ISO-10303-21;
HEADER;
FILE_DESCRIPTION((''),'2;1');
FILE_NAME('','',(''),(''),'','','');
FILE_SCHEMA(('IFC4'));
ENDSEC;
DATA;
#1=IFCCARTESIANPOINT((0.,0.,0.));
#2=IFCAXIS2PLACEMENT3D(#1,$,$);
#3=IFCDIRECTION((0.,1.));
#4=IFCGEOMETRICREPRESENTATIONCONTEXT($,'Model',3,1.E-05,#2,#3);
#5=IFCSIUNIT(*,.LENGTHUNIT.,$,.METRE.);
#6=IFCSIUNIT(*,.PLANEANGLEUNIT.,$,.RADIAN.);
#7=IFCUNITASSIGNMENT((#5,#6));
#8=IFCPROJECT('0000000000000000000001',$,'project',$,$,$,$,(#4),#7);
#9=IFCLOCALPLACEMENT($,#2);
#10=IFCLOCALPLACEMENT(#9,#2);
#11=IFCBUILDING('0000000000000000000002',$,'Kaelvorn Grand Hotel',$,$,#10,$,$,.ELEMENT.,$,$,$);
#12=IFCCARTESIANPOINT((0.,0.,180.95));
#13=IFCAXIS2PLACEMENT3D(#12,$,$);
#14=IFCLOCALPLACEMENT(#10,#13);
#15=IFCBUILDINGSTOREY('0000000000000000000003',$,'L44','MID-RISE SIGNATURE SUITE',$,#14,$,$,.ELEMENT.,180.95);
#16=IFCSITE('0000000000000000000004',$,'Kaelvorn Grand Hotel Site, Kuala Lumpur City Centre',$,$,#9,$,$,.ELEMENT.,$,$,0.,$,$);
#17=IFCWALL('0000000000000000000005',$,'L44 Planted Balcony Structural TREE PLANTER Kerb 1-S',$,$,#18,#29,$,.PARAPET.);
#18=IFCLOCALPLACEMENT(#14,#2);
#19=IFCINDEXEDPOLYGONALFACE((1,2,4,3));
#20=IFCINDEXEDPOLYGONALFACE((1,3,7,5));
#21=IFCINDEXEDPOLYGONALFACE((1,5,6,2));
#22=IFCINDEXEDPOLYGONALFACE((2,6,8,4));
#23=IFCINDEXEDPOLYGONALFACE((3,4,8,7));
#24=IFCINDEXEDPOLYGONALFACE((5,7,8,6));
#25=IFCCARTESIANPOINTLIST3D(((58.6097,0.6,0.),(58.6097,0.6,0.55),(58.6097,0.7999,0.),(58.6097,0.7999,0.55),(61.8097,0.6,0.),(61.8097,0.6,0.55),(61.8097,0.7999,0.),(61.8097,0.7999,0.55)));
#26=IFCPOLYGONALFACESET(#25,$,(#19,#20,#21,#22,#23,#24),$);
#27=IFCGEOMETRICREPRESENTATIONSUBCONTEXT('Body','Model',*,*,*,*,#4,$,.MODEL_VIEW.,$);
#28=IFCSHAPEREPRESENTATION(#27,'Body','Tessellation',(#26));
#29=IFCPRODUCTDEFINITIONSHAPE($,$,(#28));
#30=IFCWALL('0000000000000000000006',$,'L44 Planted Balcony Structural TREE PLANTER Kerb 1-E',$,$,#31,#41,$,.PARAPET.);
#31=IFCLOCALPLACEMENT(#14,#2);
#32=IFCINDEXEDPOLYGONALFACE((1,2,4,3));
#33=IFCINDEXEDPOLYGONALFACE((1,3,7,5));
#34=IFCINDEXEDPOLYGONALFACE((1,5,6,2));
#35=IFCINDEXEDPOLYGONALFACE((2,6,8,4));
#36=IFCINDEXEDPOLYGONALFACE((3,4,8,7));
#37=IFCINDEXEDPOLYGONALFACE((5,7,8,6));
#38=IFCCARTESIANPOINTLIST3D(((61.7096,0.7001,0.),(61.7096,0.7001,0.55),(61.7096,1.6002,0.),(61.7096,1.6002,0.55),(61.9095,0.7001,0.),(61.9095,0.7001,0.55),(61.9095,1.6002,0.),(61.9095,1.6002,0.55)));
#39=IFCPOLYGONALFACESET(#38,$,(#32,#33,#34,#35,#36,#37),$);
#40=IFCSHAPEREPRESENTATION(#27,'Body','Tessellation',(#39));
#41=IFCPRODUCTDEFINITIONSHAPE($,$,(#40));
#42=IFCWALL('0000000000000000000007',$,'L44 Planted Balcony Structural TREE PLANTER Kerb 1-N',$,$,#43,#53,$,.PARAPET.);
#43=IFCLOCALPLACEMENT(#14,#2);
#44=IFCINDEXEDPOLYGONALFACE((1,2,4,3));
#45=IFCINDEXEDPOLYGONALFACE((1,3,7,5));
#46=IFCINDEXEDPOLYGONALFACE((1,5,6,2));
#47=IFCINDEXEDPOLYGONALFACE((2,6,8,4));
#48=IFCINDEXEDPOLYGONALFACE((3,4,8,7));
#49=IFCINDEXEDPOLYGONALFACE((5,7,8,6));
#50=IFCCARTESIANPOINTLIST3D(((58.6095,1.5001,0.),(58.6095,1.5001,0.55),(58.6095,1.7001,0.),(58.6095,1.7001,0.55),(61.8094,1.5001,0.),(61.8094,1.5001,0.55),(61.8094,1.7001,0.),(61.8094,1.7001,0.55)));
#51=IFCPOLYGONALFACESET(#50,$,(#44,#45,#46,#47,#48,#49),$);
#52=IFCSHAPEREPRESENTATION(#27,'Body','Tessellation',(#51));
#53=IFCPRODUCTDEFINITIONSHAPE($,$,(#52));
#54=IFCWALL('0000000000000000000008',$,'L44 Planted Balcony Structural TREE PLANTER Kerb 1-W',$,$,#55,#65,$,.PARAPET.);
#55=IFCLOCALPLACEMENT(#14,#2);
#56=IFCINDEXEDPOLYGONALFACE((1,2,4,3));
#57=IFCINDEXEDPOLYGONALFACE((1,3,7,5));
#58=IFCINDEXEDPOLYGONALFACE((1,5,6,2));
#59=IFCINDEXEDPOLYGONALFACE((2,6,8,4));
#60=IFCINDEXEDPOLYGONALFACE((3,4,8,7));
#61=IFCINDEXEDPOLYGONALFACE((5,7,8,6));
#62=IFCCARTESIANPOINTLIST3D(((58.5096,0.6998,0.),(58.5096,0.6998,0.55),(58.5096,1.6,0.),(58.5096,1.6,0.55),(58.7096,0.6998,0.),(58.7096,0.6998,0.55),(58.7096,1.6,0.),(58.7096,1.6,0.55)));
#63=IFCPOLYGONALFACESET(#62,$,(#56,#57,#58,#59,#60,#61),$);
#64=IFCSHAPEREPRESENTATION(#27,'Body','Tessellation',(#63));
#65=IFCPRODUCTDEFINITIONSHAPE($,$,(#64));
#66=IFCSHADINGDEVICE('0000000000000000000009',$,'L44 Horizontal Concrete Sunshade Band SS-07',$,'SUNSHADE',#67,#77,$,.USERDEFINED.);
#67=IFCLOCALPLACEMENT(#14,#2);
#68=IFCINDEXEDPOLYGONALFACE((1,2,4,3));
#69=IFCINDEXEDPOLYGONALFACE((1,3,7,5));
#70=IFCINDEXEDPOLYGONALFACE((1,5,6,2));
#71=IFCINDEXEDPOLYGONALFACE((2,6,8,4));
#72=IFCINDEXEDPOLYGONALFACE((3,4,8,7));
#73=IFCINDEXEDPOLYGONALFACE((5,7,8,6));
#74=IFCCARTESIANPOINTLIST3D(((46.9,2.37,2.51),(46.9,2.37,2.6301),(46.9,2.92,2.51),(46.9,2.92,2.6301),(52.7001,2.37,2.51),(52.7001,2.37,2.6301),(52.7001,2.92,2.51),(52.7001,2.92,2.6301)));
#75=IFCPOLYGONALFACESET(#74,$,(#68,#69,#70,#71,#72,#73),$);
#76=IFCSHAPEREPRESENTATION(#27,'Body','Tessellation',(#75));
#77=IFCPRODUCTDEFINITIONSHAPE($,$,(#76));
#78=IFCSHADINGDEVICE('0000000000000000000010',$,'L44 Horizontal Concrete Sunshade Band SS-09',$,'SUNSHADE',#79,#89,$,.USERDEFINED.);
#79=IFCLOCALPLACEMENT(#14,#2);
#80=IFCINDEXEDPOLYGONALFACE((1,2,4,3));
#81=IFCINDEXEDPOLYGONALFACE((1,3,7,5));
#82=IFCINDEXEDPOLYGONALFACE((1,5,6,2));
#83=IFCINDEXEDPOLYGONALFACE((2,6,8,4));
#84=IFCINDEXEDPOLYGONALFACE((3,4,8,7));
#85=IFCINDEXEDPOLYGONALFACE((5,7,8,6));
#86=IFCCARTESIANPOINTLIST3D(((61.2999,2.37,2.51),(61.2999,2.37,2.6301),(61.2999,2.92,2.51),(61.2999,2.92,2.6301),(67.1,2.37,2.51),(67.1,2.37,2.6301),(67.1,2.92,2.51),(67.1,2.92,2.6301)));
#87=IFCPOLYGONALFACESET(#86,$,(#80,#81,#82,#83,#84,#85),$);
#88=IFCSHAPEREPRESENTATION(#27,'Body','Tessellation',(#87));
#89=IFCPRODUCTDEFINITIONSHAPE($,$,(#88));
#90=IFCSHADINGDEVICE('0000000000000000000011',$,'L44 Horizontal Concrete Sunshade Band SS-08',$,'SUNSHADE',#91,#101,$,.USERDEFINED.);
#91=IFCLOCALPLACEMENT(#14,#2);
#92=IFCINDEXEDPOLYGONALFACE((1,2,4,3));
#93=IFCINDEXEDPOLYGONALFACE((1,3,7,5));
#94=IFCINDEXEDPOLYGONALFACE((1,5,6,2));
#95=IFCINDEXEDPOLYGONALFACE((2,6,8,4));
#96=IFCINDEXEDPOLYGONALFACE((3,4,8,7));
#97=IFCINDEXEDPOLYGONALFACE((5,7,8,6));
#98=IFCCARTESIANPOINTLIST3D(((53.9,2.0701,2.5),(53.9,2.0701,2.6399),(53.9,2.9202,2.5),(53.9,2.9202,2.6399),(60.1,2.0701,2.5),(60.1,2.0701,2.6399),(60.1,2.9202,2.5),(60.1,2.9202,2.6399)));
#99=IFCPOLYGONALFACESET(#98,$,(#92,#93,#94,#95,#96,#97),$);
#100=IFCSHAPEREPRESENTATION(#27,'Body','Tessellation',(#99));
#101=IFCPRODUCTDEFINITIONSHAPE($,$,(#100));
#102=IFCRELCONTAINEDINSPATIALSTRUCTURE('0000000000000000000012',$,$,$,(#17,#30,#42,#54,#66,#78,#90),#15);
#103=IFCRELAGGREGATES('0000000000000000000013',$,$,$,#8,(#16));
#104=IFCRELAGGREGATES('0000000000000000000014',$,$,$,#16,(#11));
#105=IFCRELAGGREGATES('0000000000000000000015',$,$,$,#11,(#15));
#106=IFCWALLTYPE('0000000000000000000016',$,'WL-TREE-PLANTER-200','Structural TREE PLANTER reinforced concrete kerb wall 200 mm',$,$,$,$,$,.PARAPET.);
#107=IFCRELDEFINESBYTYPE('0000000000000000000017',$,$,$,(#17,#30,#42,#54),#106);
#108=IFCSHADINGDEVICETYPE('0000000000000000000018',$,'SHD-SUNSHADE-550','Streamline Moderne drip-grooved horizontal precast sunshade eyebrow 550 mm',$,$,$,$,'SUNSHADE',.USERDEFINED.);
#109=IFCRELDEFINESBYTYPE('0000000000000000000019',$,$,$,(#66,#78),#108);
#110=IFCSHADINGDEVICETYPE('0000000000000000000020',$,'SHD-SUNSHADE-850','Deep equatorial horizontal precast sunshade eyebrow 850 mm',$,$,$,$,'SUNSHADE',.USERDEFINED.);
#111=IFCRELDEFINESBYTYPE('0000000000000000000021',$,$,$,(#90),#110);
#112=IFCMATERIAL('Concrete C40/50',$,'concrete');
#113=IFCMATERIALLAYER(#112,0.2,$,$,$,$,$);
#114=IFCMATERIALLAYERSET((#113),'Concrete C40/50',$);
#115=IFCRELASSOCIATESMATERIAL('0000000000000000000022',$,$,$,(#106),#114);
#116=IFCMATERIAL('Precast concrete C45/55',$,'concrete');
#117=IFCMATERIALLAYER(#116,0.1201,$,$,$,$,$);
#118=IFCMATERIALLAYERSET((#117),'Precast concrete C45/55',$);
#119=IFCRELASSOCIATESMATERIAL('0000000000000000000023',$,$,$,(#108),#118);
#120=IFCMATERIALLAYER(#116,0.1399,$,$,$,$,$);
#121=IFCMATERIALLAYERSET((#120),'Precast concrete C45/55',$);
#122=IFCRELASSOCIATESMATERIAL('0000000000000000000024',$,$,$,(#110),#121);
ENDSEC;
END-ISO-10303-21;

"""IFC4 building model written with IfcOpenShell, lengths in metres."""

from ifc_helpers import new_model, si_unit, direction, frame, frame_2d, origin, origin_2d, place, context, subcontext, project, spatial, rectangle, extrude, material, layer, layer_set, type_object, element, save


model = new_model("IFC4")

# Units and contexts
model_context = context("Model", 3, precision=1e-05, world=origin(), true_north=direction((0.0, 1.0)))
body_context = subcontext(model_context, "Body", "Model", "MODEL_VIEW")
ifc_project = project(units=[si_unit("LENGTHUNIT", "METRE"), si_unit("PLANEANGLEUNIT", "RADIAN")], contexts=[model_context])

# Site, building, storey
site_placement = place(None, origin())
site = spatial("IfcSite", under=ifc_project, at=site_placement, Name="Kaelvorn Grand Hotel Site, Kuala Lumpur City Centre", CompositionType="ELEMENT", RefElevation=0.0)
building_placement = place(site_placement, origin())
building = spatial("IfcBuilding", under=site, at=building_placement, Name="Kaelvorn Grand Hotel", CompositionType="ELEMENT")
storey_placement = place(building_placement, frame((0.0, 0.0, 180.95)))
storey = spatial("IfcBuildingStorey", under=building, at=storey_placement, Name="L44", Description="MID-RISE SIGNATURE SUITE", CompositionType="ELEMENT", Elevation=180.95)

# Shared definitions
ifc_material_1 = material(Name="Concrete C40/50", Category="concrete")

# Walls
ifc_layer_1 = layer(ifc_material_1, 0.2)
ifc_layer_set_1 = layer_set([ifc_layer_1], Name="Concrete C40/50")
wall_type_1 = type_object("IfcWallType", Name="WL-TREE-PLANTER-200", Description="Structural TREE PLANTER reinforced concrete kerb wall 200 mm", PredefinedType="PARAPET", material=ifc_layer_set_1)
wall_1_placement = place(storey_placement, frame((58.6096, 0.7, 0.0), z_axis=(0.0, 0.0, 1.0), x_axis=(1.0, 0.0, 0.0)))
element("IfcWall", 1, at=wall_1_placement, inside=storey, type_object=wall_type_1, Name="L44 Planted Balcony Structural TREE PLANTER Kerb 1-S", PredefinedType="PARAPET", context=body_context, shape_type="SweptSolid", body=[
    extrude(rectangle(XDim=3.2, YDim=0.2, at=frame_2d((1.6001, 0.0))), origin(), (0.0, 0.0, 1.0), 0.55),
])
wall_2_placement = place(storey_placement, frame((61.8096, 0.7, 0.0), z_axis=(0.0, 0.0, 1.0), x_axis=(0.0, 1.0, 0.0)))
element("IfcWall", 2, at=wall_2_placement, inside=storey, type_object=wall_type_1, Name="L44 Planted Balcony Structural TREE PLANTER Kerb 1-E", PredefinedType="PARAPET", context=body_context, shape_type="SweptSolid", body=[
    extrude(rectangle(XDim=0.9001, YDim=0.2, at=frame_2d((0.4502, 0.0))), origin(), (0.0, 0.0, 1.0), 0.55),
])
wall_3_placement = place(storey_placement, frame((61.8096, 1.6001, 0.0), z_axis=(0.0, 0.0, 1.0), x_axis=(-1.0, 0.0, 0.0)))
element("IfcWall", 3, at=wall_3_placement, inside=storey, type_object=wall_type_1, Name="L44 Planted Balcony Structural TREE PLANTER Kerb 1-N", PredefinedType="PARAPET", context=body_context, shape_type="SweptSolid", body=[
    extrude(rectangle(XDim=3.2, YDim=0.2, at=frame_2d((1.6001, 0.0))), origin(), (0.0, 0.0, 1.0), 0.55),
])
wall_4_placement = place(storey_placement, frame((58.6096, 1.6001, 0.0), z_axis=(0.0, 0.0, 1.0), x_axis=(0.0, -1.0, 0.0)))
element("IfcWall", 4, at=wall_4_placement, inside=storey, type_object=wall_type_1, Name="L44 Planted Balcony Structural TREE PLANTER Kerb 1-W", PredefinedType="PARAPET", context=body_context, shape_type="SweptSolid", body=[
    extrude(rectangle(XDim=0.9001, YDim=0.2, at=frame_2d((0.4502, 0.0))), origin(), (0.0, 0.0, 1.0), 0.55),
])

# Shading devices
ifc_material_2 = material(Name="Precast concrete C45/55", Category="concrete")
ifc_layer_2 = layer(ifc_material_2, 0.1201)
ifc_layer_set_2 = layer_set([ifc_layer_2], Name="Precast concrete C45/55")
shading_device_type_1 = type_object("IfcShadingDeviceType", Name="SHD-SUNSHADE-550", Description="Streamline Moderne drip-grooved horizontal precast sunshade eyebrow 550 mm", ElementType="SUNSHADE", PredefinedType="USERDEFINED", material=ifc_layer_set_2)
for number, where, z_axis, x_axis, name in (
    (5, (49.8, 2.645, 2.51), (0.0, 0.0, 1.0), (1.0, 0.0, 0.0), "L44 Horizontal Concrete Sunshade Band SS-07"),
    (6, (64.2, 2.645, 2.51), (0.0, 0.0, 1.0), (1.0, 0.0, 0.0), "L44 Horizontal Concrete Sunshade Band SS-09"),
):
    element("IfcShadingDevice", number, at=place(storey_placement, frame(where, z_axis=z_axis, x_axis=x_axis)), inside=storey, type_object=shading_device_type_1, Name=name, ObjectType="SUNSHADE", PredefinedType="USERDEFINED", context=body_context, shape_type="SweptSolid", body=[
        extrude(rectangle(XDim=5.8, YDim=0.55, at=origin_2d()), origin(), (0.0, 0.0, 1.0), 0.1201),
    ])
ifc_layer_3 = layer(ifc_material_2, 0.1399)
ifc_layer_set_3 = layer_set([ifc_layer_3], Name="Precast concrete C45/55")
shading_device_type_2 = type_object("IfcShadingDeviceType", Name="SHD-SUNSHADE-850", Description="Deep equatorial horizontal precast sunshade eyebrow 850 mm", ElementType="SUNSHADE", PredefinedType="USERDEFINED", material=ifc_layer_set_3)
shading_device_placement = place(storey_placement, frame((57.0, 2.4951, 2.5), z_axis=(0.0, 0.0, 1.0), x_axis=(1.0, 0.0, 0.0)))
element("IfcShadingDevice", 7, at=shading_device_placement, inside=storey, type_object=shading_device_type_2, Name="L44 Horizontal Concrete Sunshade Band SS-08", ObjectType="SUNSHADE", PredefinedType="USERDEFINED", context=body_context, shape_type="SweptSolid", body=[
    extrude(rectangle(XDim=6.2, YDim=0.8501, at=origin_2d()), origin(), (0.0, 0.0, 1.0), 0.1399),
])

save(model, "model.ifc")
